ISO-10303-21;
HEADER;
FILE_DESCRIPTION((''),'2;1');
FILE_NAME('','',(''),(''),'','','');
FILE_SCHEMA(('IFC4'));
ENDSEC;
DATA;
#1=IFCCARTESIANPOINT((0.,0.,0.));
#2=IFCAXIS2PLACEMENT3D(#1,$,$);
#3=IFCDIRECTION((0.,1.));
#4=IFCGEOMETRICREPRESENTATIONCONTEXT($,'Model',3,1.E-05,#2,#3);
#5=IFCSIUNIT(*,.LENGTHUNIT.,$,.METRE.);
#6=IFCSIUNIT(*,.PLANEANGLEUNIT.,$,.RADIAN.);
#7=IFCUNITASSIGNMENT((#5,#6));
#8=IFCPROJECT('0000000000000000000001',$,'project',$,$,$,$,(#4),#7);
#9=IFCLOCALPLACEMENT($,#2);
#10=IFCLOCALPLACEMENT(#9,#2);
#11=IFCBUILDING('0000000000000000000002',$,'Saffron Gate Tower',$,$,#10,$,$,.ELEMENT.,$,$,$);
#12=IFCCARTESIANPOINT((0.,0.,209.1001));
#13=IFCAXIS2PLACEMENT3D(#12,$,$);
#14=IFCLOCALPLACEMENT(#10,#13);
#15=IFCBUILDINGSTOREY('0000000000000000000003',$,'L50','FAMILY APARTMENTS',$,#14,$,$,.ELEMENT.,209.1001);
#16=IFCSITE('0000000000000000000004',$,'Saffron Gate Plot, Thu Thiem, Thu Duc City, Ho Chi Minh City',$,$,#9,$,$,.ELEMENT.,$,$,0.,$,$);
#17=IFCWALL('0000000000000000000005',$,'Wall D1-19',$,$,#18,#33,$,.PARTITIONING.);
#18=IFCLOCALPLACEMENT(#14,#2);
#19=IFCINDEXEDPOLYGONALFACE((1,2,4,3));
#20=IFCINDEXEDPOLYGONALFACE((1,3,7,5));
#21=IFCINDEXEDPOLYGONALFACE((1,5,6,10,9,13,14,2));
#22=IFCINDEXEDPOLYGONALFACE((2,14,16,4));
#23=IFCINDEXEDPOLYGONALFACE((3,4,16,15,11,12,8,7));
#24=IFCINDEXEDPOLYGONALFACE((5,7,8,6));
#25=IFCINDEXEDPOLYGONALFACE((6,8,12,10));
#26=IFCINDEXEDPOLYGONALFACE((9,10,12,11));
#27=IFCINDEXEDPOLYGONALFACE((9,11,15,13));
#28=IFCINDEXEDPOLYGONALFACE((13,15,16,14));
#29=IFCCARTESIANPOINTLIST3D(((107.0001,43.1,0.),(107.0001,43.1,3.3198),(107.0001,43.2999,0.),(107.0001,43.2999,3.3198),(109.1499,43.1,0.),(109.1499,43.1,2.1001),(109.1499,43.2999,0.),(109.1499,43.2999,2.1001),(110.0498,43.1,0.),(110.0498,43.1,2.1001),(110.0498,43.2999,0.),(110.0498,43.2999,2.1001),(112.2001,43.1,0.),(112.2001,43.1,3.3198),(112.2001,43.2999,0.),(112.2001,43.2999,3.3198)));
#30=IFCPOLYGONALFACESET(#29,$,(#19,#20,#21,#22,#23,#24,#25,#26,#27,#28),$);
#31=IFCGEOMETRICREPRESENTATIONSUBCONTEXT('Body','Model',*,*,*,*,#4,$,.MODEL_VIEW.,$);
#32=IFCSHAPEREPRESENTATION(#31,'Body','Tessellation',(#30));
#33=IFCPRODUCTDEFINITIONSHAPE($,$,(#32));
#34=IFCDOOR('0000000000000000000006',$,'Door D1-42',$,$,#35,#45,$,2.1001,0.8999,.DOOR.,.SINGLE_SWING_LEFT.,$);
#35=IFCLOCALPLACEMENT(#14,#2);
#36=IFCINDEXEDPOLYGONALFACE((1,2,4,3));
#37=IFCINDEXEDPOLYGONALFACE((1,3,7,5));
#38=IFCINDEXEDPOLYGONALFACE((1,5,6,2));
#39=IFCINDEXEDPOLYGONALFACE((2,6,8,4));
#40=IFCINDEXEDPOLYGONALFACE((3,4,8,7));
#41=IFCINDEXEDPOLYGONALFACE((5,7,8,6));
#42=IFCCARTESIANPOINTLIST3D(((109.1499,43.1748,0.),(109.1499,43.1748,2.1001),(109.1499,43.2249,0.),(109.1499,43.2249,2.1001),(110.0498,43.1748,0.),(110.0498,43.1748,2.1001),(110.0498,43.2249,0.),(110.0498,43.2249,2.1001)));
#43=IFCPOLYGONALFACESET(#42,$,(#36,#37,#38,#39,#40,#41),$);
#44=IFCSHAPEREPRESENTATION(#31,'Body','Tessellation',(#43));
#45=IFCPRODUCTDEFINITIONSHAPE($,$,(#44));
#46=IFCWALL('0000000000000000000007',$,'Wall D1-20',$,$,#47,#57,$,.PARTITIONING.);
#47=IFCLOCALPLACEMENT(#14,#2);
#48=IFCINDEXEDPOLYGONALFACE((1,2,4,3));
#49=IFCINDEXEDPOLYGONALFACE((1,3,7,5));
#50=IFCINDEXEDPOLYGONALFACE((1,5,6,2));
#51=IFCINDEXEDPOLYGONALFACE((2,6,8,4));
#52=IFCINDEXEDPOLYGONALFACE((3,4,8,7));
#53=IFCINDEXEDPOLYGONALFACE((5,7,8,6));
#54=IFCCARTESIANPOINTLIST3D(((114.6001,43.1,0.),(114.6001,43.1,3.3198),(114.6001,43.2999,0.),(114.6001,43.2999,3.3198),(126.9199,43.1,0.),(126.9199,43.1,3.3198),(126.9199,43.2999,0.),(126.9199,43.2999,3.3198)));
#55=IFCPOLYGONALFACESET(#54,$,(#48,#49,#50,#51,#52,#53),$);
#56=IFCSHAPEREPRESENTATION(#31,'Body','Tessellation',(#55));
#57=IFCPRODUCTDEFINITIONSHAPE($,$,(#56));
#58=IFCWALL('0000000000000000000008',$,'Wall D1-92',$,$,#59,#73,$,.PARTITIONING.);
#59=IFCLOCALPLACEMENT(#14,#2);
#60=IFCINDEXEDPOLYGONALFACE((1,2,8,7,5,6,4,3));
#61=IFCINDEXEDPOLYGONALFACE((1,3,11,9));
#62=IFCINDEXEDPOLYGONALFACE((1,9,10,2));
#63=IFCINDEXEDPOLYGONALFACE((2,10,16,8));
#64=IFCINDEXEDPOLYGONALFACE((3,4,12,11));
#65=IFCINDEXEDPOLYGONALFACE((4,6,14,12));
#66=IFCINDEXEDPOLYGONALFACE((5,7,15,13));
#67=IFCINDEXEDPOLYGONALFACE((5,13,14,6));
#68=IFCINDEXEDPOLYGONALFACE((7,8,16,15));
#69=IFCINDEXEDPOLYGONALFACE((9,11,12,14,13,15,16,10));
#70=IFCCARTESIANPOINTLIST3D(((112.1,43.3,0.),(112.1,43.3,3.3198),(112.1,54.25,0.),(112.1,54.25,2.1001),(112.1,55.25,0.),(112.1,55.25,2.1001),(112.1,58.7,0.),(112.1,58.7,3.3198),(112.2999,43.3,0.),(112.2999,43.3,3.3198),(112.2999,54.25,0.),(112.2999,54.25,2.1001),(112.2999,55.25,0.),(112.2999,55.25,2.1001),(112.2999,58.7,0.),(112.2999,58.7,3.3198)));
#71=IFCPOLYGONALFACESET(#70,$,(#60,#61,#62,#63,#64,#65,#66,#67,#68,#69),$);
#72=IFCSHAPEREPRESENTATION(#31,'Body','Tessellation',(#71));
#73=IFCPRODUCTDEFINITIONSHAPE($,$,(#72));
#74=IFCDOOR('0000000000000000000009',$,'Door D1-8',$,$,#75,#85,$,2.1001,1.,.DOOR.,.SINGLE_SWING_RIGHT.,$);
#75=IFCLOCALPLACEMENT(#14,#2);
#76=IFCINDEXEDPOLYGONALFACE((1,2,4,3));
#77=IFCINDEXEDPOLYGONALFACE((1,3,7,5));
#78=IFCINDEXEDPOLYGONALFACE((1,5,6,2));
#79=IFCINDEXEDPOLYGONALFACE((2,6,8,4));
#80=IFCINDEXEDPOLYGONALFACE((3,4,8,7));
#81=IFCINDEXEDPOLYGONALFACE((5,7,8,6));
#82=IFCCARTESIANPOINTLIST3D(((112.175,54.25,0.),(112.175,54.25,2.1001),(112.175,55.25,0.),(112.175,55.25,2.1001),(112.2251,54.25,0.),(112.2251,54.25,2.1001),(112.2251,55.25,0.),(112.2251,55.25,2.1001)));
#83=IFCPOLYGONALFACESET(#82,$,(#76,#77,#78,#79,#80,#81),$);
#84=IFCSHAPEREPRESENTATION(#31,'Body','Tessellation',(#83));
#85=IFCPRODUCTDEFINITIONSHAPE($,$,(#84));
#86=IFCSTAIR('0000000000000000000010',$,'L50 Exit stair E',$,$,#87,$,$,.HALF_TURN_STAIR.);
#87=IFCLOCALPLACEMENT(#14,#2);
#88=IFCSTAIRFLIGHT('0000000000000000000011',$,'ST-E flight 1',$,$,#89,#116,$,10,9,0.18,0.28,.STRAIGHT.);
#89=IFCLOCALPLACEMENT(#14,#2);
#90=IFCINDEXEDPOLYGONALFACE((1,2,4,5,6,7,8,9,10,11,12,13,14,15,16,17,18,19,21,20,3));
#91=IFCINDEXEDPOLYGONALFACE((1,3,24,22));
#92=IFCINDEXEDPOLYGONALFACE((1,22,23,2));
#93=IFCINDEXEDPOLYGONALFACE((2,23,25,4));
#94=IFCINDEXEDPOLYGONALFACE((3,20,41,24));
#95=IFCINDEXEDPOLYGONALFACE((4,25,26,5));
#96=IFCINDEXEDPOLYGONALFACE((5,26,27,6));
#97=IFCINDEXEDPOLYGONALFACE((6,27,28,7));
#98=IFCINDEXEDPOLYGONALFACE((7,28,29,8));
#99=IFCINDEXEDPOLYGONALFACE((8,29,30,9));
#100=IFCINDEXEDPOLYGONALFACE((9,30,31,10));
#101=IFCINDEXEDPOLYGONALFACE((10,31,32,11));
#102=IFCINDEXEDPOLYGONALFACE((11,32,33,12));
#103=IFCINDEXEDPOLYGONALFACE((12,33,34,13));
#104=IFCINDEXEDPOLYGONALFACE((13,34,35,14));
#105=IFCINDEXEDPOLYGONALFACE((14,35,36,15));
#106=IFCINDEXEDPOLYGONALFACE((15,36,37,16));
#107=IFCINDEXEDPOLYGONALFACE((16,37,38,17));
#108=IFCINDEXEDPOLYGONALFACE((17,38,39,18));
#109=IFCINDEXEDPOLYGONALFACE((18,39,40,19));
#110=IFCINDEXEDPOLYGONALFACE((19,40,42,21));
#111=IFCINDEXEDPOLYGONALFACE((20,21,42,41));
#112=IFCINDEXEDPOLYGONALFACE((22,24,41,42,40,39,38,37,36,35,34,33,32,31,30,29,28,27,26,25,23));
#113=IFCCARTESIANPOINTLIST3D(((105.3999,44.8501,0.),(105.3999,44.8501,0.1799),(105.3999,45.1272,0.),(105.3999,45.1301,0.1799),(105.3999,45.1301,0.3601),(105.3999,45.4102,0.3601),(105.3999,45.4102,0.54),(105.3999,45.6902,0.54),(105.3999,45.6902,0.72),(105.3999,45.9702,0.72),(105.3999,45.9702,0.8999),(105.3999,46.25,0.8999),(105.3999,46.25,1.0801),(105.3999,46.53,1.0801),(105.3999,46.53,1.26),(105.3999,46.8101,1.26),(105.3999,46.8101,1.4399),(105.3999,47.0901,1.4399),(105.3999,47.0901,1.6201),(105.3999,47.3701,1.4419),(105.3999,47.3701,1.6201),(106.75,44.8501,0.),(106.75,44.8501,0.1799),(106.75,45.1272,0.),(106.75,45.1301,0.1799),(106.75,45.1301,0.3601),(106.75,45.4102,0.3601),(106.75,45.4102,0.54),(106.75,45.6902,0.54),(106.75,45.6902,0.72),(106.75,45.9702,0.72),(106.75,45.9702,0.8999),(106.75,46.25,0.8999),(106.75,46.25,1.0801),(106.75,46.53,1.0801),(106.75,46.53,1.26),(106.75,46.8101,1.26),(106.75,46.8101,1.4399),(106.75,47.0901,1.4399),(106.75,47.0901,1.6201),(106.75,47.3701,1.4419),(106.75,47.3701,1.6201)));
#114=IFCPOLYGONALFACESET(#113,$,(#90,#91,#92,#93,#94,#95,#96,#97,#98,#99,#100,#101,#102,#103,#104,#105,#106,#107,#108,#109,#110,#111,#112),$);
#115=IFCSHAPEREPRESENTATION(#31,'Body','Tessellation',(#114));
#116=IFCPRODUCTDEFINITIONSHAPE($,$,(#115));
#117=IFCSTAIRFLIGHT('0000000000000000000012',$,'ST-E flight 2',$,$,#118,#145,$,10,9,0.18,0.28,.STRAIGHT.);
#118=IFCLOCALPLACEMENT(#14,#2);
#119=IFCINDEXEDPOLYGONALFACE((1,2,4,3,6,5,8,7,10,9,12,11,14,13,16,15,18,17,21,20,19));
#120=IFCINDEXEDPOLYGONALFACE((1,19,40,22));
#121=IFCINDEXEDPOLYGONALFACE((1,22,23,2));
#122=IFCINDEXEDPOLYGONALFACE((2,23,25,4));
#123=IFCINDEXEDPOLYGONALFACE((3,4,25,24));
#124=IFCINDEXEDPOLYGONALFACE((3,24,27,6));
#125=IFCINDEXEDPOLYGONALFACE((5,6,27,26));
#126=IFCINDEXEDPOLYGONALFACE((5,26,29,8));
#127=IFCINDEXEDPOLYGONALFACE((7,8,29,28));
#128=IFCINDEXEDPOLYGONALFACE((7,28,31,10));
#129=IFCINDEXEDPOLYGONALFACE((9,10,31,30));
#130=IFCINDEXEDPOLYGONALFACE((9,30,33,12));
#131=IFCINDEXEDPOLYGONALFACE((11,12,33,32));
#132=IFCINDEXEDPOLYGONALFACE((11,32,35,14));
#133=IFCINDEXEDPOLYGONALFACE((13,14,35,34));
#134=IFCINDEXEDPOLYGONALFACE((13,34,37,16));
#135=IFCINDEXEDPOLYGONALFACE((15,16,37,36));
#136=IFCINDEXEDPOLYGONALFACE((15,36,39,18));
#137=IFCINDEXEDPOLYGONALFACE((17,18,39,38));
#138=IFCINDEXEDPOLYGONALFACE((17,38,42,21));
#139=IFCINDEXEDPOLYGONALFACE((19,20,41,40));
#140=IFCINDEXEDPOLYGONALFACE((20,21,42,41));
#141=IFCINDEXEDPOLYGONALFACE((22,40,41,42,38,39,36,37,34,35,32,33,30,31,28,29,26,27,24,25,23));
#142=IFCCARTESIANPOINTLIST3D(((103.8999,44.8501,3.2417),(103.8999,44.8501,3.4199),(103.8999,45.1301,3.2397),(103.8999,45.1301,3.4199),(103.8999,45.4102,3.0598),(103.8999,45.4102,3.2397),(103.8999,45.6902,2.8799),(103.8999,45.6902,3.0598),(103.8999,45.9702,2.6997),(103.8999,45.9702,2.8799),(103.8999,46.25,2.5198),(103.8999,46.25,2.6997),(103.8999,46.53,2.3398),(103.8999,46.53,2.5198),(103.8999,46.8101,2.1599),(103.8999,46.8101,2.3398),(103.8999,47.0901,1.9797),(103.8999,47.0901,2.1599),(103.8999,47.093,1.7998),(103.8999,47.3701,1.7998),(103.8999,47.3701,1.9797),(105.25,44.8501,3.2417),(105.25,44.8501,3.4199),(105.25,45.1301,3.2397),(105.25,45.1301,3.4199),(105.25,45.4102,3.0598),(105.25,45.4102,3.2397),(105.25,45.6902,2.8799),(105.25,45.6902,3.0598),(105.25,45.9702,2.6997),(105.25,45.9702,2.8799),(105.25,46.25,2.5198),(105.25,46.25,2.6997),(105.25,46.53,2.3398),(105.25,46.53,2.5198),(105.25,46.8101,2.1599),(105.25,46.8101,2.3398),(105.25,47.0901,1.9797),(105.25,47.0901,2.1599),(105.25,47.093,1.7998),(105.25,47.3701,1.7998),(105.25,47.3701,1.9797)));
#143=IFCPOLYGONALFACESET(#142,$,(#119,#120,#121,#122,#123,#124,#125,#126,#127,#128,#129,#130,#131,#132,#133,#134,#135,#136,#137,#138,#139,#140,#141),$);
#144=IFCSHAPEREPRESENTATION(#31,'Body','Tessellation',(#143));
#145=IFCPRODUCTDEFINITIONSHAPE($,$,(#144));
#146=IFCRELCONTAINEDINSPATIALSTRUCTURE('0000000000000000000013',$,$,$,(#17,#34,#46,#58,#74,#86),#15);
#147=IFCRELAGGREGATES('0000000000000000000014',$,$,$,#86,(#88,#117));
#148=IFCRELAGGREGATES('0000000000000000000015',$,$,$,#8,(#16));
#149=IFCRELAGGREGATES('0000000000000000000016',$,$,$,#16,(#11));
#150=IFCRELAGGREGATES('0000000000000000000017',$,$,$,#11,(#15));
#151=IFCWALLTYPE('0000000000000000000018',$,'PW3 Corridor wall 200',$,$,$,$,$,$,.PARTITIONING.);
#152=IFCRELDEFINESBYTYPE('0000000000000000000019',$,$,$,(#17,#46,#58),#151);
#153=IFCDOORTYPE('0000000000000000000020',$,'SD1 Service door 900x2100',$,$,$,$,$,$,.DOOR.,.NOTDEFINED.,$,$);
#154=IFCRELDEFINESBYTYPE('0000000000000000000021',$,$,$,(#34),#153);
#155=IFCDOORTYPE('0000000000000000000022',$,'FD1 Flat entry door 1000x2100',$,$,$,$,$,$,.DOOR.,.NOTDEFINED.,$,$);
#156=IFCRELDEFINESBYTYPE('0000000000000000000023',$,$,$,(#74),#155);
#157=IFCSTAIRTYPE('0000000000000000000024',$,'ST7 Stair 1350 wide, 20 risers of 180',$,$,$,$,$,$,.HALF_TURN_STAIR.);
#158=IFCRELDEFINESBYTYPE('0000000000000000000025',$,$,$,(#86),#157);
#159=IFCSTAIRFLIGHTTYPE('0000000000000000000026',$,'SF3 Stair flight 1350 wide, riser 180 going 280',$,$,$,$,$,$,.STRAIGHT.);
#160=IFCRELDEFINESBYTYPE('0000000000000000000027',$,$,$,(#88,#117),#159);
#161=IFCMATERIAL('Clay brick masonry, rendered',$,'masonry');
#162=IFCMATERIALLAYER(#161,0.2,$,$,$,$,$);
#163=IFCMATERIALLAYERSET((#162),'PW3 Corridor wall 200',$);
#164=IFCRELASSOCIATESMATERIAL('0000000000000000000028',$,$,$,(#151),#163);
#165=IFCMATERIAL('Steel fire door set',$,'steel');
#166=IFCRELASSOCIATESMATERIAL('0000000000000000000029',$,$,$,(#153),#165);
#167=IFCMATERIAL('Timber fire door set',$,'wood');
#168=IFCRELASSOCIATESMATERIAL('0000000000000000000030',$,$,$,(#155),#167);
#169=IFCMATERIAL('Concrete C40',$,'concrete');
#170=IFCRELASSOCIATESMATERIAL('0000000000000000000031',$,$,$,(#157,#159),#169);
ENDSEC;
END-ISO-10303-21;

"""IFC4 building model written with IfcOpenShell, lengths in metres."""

from ifc_helpers import new_model, si_unit, direction, frame, frame_2d, origin, place, context, subcontext, project, spatial, polyline, rectangle, outline, extrude, material, layer, layer_set, type_object, element, fill, aggregate, save


model = new_model("IFC4")

# Units and contexts
model_context = context("Model", 3, precision=1e-05, world=origin(), true_north=direction((0.0, 1.0)))
body_context = subcontext(model_context, "Body", "Model", "MODEL_VIEW")
ifc_project = project(units=[si_unit("LENGTHUNIT", "METRE"), si_unit("PLANEANGLEUNIT", "RADIAN")], contexts=[model_context])

# Site, building, storey
site_placement = place(None, origin())
site = spatial("IfcSite", under=ifc_project, at=site_placement, Name="Saffron Gate Plot, Thu Thiem, Thu Duc City, Ho Chi Minh City", CompositionType="ELEMENT", RefElevation=0.0)
building_placement = place(site_placement, origin())
building = spatial("IfcBuilding", under=site, at=building_placement, Name="Saffron Gate Tower", CompositionType="ELEMENT")
storey_placement = place(building_placement, frame((0.0, 0.0, 209.1001)))
storey = spatial("IfcBuildingStorey", under=building, at=storey_placement, Name="L50", Description="FAMILY APARTMENTS", CompositionType="ELEMENT", Elevation=209.1001)

# Shared definitions
ifc_material_1 = material(Name="Steel fire door set", Category="steel")

# Shared definitions
ifc_material_2 = material(Name="Clay brick masonry, rendered", Category="masonry")

# Wall, opening, door
ifc_layer_1 = layer(ifc_material_2, 0.2)
ifc_layer_set_1 = layer_set([ifc_layer_1], Name="PW3 Corridor wall 200")
wall_type_1 = type_object("IfcWallType", Name="PW3 Corridor wall 200", PredefinedType="PARTITIONING", material=ifc_layer_set_1)
wall_1_placement = place(storey_placement, frame((107.0, 43.2, 0.0), z_axis=(0.0, 0.0, 1.0), x_axis=(1.0, 0.0, 0.0)))
wall_1 = element("IfcWall", 1, at=wall_1_placement, inside=storey, type_object=wall_type_1, Name="Wall D1-19", PredefinedType="PARTITIONING", context=body_context, shape_type="SweptSolid", body=[
    extrude(rectangle(XDim=5.2, YDim=0.2, at=frame_2d((2.6001, 0.0))), origin(), (0.0, 0.0, 1.0), 3.3198),
])
opening_1_placement = place(wall_1_placement, frame((2.1499, 0.0, 0.0)))
opening_1 = element("IfcOpeningElement", 2, at=opening_1_placement, cuts=wall_1, PredefinedType="OPENING", context=body_context, shape_type="SweptSolid", body=[
    extrude(rectangle(XDim=0.8999, YDim=2.1001, at=frame_2d((0.45, 1.05))), frame((0.0, 0.1099, 0.0), z_axis=(0.0, -1.0, 0.0), x_axis=(1.0, 0.0, 0.0)), (0.0, 0.0, 1.0), 0.22),
])
door_type_1 = type_object("IfcDoorType", Name="SD1 Service door 900x2100", OperationType="NOTDEFINED", PredefinedType="DOOR", material=ifc_material_1)
door_1_placement = place(opening_1_placement, origin())
door_1 = element("IfcDoor", 3, at=door_1_placement, inside=storey, type_object=door_type_1, Name="Door D1-42", OperationType="SINGLE_SWING_LEFT", OverallHeight=2.1001, OverallWidth=0.8999, PredefinedType="DOOR", context=body_context, shape_type="SweptSolid", body=[
    extrude(rectangle(XDim=0.8999, YDim=2.1001, at=frame_2d((0.45, 1.05))), frame((0.0, 0.0249, 0.0), z_axis=(0.0, -1.0, 0.0), x_axis=(1.0, 0.0, 0.0)), (0.0, 0.0, 1.0), 0.05),
])
fill(opening_1, door_1)

# Wall
wall_2_placement = place(storey_placement, frame((114.6001, 43.2, 0.0), z_axis=(0.0, 0.0, 1.0), x_axis=(1.0, 0.0, 0.0)))
element("IfcWall", 4, at=wall_2_placement, inside=storey, type_object=wall_type_1, Name="Wall D1-20", PredefinedType="PARTITIONING", context=body_context, shape_type="SweptSolid", body=[
    extrude(rectangle(XDim=12.3198, YDim=0.2, at=frame_2d((6.1599, 0.0))), origin(), (0.0, 0.0, 1.0), 3.3198),
])

# Wall, opening, door
wall_3_placement = place(storey_placement, frame((112.2, 43.3, 0.0), z_axis=(0.0, 0.0, 1.0), x_axis=(0.0, 1.0, 0.0)))
wall_3 = element("IfcWall", 5, at=wall_3_placement, inside=storey, type_object=wall_type_1, Name="Wall D1-92", PredefinedType="PARTITIONING", context=body_context, shape_type="SweptSolid", body=[
    extrude(rectangle(XDim=15.3999, YDim=0.2, at=frame_2d((7.7, 0.0))), origin(), (0.0, 0.0, 1.0), 3.3198),
])
opening_2_placement = place(wall_3_placement, frame((10.95, 0.0, 0.0)))
opening_2 = element("IfcOpeningElement", 6, at=opening_2_placement, cuts=wall_3, PredefinedType="OPENING", context=body_context, shape_type="SweptSolid", body=[
    extrude(rectangle(XDim=1.0, YDim=2.1001, at=frame_2d((0.5, 1.05))), frame((0.0, 0.1099, 0.0), z_axis=(0.0, -1.0, 0.0), x_axis=(1.0, 0.0, 0.0)), (0.0, 0.0, 1.0), 0.22),
])
ifc_material_3 = material(Name="Timber fire door set", Category="wood")
door_type_2 = type_object("IfcDoorType", Name="FD1 Flat entry door 1000x2100", OperationType="NOTDEFINED", PredefinedType="DOOR", material=ifc_material_3)
door_2_placement = place(opening_2_placement, origin())
door_2 = element("IfcDoor", 7, at=door_2_placement, inside=storey, type_object=door_type_2, Name="Door D1-8", OperationType="SINGLE_SWING_RIGHT", OverallHeight=2.1001, OverallWidth=1.0, PredefinedType="DOOR", context=body_context, shape_type="SweptSolid", body=[
    extrude(rectangle(XDim=1.0, YDim=2.1001, at=frame_2d((0.5, 1.05))), frame((0.0, 0.0249, 0.0), z_axis=(0.0, -1.0, 0.0), x_axis=(1.0, 0.0, 0.0)), (0.0, 0.0, 1.0), 0.05),
])
fill(opening_2, door_2)

# Stair, stair flights
ifc_material_4 = material(Name="Concrete C40", Category="concrete")
stair_type = type_object("IfcStairType", Name="ST7 Stair 1350 wide, 20 risers of 180", PredefinedType="HALF_TURN_STAIR", material=ifc_material_4)
stair_placement = place(storey_placement, origin())
stair = element("IfcStair", 8, at=stair_placement, inside=storey, type_object=stair_type, Name="L50 Exit stair E", PredefinedType="HALF_TURN_STAIR")
stair_flight_type = type_object("IfcStairFlightType", Name="SF3 Stair flight 1350 wide, riser 180 going 280", PredefinedType="STRAIGHT", material=ifc_material_4)
stair_flight_1_placement = place(storey_placement, frame((106.075, 44.8501, 0.0), z_axis=(0.0, 0.0, 1.0), x_axis=(0.0, 1.0, 0.0)))
stair_flight_1 = element("IfcStairFlight", 9, at=stair_flight_1_placement, type_object=stair_flight_type, Name="ST-E flight 1", NumberOfRisers=10, NumberOfTreads=9, PredefinedType="STRAIGHT", RiserHeight=0.18, TreadLength=0.28, context=body_context, shape_type="SweptSolid", body=[
    extrude(outline(polyline([(0.0, 0.0), (0.0, 0.1799), (0.28, 0.1799), (0.28, 0.3601), (0.5601, 0.3601), (0.5601, 0.54), (0.8401, 0.54), (0.8401, 0.72), (1.1201, 0.72), (1.1201, 0.8999), (1.3999, 0.8999), (1.3999, 1.0801), (1.6799, 1.0801), (1.6799, 1.26), (1.96, 1.26), (1.96, 1.4399), (2.24, 1.4399), (2.24, 1.6201), (2.52, 1.6201), (2.52, 1.8), (2.52, 1.4419), (0.2771, 0.0), (0.0, 0.0)])), frame((0.0, 0.675, 0.0), z_axis=(0.0, -1.0, 0.0), x_axis=(1.0, 0.0, 0.0)), (0.0, 0.0, 1.0), 1.3501),
])
stair_flight_2_placement = place(storey_placement, frame((104.575, 47.3701, 1.7998), z_axis=(0.0, 0.0, 1.0), x_axis=(0.0, -1.0, 0.0)))
stair_flight_2 = element("IfcStairFlight", 10, at=stair_flight_2_placement, type_object=stair_flight_type, Name="ST-E flight 2", NumberOfRisers=10, NumberOfTreads=9, PredefinedType="STRAIGHT", RiserHeight=0.18, TreadLength=0.28, context=body_context, shape_type="SweptSolid", body=[
    extrude(outline(polyline([(0.0, 0.0), (0.0, 0.1799), (0.28, 0.1799), (0.28, 0.3601), (0.5601, 0.3601), (0.5601, 0.54), (0.8401, 0.54), (0.8401, 0.72), (1.1201, 0.72), (1.1201, 0.8999), (1.3999, 0.8999), (1.3999, 1.0801), (1.6799, 1.0801), (1.6799, 1.26), (1.96, 1.26), (1.96, 1.4399), (2.24, 1.4399), (2.24, 1.6201), (2.52, 1.6201), (2.52, 1.8), (2.52, 1.4419), (0.2771, 0.0), (0.0, 0.0)])), frame((0.0, 0.675, 0.0), z_axis=(0.0, -1.0, 0.0), x_axis=(1.0, 0.0, 0.0)), (0.0, 0.0, 1.0), 1.3501),
])
aggregate(stair, [stair_flight_1, stair_flight_2])

save(model, "model.ifc")
